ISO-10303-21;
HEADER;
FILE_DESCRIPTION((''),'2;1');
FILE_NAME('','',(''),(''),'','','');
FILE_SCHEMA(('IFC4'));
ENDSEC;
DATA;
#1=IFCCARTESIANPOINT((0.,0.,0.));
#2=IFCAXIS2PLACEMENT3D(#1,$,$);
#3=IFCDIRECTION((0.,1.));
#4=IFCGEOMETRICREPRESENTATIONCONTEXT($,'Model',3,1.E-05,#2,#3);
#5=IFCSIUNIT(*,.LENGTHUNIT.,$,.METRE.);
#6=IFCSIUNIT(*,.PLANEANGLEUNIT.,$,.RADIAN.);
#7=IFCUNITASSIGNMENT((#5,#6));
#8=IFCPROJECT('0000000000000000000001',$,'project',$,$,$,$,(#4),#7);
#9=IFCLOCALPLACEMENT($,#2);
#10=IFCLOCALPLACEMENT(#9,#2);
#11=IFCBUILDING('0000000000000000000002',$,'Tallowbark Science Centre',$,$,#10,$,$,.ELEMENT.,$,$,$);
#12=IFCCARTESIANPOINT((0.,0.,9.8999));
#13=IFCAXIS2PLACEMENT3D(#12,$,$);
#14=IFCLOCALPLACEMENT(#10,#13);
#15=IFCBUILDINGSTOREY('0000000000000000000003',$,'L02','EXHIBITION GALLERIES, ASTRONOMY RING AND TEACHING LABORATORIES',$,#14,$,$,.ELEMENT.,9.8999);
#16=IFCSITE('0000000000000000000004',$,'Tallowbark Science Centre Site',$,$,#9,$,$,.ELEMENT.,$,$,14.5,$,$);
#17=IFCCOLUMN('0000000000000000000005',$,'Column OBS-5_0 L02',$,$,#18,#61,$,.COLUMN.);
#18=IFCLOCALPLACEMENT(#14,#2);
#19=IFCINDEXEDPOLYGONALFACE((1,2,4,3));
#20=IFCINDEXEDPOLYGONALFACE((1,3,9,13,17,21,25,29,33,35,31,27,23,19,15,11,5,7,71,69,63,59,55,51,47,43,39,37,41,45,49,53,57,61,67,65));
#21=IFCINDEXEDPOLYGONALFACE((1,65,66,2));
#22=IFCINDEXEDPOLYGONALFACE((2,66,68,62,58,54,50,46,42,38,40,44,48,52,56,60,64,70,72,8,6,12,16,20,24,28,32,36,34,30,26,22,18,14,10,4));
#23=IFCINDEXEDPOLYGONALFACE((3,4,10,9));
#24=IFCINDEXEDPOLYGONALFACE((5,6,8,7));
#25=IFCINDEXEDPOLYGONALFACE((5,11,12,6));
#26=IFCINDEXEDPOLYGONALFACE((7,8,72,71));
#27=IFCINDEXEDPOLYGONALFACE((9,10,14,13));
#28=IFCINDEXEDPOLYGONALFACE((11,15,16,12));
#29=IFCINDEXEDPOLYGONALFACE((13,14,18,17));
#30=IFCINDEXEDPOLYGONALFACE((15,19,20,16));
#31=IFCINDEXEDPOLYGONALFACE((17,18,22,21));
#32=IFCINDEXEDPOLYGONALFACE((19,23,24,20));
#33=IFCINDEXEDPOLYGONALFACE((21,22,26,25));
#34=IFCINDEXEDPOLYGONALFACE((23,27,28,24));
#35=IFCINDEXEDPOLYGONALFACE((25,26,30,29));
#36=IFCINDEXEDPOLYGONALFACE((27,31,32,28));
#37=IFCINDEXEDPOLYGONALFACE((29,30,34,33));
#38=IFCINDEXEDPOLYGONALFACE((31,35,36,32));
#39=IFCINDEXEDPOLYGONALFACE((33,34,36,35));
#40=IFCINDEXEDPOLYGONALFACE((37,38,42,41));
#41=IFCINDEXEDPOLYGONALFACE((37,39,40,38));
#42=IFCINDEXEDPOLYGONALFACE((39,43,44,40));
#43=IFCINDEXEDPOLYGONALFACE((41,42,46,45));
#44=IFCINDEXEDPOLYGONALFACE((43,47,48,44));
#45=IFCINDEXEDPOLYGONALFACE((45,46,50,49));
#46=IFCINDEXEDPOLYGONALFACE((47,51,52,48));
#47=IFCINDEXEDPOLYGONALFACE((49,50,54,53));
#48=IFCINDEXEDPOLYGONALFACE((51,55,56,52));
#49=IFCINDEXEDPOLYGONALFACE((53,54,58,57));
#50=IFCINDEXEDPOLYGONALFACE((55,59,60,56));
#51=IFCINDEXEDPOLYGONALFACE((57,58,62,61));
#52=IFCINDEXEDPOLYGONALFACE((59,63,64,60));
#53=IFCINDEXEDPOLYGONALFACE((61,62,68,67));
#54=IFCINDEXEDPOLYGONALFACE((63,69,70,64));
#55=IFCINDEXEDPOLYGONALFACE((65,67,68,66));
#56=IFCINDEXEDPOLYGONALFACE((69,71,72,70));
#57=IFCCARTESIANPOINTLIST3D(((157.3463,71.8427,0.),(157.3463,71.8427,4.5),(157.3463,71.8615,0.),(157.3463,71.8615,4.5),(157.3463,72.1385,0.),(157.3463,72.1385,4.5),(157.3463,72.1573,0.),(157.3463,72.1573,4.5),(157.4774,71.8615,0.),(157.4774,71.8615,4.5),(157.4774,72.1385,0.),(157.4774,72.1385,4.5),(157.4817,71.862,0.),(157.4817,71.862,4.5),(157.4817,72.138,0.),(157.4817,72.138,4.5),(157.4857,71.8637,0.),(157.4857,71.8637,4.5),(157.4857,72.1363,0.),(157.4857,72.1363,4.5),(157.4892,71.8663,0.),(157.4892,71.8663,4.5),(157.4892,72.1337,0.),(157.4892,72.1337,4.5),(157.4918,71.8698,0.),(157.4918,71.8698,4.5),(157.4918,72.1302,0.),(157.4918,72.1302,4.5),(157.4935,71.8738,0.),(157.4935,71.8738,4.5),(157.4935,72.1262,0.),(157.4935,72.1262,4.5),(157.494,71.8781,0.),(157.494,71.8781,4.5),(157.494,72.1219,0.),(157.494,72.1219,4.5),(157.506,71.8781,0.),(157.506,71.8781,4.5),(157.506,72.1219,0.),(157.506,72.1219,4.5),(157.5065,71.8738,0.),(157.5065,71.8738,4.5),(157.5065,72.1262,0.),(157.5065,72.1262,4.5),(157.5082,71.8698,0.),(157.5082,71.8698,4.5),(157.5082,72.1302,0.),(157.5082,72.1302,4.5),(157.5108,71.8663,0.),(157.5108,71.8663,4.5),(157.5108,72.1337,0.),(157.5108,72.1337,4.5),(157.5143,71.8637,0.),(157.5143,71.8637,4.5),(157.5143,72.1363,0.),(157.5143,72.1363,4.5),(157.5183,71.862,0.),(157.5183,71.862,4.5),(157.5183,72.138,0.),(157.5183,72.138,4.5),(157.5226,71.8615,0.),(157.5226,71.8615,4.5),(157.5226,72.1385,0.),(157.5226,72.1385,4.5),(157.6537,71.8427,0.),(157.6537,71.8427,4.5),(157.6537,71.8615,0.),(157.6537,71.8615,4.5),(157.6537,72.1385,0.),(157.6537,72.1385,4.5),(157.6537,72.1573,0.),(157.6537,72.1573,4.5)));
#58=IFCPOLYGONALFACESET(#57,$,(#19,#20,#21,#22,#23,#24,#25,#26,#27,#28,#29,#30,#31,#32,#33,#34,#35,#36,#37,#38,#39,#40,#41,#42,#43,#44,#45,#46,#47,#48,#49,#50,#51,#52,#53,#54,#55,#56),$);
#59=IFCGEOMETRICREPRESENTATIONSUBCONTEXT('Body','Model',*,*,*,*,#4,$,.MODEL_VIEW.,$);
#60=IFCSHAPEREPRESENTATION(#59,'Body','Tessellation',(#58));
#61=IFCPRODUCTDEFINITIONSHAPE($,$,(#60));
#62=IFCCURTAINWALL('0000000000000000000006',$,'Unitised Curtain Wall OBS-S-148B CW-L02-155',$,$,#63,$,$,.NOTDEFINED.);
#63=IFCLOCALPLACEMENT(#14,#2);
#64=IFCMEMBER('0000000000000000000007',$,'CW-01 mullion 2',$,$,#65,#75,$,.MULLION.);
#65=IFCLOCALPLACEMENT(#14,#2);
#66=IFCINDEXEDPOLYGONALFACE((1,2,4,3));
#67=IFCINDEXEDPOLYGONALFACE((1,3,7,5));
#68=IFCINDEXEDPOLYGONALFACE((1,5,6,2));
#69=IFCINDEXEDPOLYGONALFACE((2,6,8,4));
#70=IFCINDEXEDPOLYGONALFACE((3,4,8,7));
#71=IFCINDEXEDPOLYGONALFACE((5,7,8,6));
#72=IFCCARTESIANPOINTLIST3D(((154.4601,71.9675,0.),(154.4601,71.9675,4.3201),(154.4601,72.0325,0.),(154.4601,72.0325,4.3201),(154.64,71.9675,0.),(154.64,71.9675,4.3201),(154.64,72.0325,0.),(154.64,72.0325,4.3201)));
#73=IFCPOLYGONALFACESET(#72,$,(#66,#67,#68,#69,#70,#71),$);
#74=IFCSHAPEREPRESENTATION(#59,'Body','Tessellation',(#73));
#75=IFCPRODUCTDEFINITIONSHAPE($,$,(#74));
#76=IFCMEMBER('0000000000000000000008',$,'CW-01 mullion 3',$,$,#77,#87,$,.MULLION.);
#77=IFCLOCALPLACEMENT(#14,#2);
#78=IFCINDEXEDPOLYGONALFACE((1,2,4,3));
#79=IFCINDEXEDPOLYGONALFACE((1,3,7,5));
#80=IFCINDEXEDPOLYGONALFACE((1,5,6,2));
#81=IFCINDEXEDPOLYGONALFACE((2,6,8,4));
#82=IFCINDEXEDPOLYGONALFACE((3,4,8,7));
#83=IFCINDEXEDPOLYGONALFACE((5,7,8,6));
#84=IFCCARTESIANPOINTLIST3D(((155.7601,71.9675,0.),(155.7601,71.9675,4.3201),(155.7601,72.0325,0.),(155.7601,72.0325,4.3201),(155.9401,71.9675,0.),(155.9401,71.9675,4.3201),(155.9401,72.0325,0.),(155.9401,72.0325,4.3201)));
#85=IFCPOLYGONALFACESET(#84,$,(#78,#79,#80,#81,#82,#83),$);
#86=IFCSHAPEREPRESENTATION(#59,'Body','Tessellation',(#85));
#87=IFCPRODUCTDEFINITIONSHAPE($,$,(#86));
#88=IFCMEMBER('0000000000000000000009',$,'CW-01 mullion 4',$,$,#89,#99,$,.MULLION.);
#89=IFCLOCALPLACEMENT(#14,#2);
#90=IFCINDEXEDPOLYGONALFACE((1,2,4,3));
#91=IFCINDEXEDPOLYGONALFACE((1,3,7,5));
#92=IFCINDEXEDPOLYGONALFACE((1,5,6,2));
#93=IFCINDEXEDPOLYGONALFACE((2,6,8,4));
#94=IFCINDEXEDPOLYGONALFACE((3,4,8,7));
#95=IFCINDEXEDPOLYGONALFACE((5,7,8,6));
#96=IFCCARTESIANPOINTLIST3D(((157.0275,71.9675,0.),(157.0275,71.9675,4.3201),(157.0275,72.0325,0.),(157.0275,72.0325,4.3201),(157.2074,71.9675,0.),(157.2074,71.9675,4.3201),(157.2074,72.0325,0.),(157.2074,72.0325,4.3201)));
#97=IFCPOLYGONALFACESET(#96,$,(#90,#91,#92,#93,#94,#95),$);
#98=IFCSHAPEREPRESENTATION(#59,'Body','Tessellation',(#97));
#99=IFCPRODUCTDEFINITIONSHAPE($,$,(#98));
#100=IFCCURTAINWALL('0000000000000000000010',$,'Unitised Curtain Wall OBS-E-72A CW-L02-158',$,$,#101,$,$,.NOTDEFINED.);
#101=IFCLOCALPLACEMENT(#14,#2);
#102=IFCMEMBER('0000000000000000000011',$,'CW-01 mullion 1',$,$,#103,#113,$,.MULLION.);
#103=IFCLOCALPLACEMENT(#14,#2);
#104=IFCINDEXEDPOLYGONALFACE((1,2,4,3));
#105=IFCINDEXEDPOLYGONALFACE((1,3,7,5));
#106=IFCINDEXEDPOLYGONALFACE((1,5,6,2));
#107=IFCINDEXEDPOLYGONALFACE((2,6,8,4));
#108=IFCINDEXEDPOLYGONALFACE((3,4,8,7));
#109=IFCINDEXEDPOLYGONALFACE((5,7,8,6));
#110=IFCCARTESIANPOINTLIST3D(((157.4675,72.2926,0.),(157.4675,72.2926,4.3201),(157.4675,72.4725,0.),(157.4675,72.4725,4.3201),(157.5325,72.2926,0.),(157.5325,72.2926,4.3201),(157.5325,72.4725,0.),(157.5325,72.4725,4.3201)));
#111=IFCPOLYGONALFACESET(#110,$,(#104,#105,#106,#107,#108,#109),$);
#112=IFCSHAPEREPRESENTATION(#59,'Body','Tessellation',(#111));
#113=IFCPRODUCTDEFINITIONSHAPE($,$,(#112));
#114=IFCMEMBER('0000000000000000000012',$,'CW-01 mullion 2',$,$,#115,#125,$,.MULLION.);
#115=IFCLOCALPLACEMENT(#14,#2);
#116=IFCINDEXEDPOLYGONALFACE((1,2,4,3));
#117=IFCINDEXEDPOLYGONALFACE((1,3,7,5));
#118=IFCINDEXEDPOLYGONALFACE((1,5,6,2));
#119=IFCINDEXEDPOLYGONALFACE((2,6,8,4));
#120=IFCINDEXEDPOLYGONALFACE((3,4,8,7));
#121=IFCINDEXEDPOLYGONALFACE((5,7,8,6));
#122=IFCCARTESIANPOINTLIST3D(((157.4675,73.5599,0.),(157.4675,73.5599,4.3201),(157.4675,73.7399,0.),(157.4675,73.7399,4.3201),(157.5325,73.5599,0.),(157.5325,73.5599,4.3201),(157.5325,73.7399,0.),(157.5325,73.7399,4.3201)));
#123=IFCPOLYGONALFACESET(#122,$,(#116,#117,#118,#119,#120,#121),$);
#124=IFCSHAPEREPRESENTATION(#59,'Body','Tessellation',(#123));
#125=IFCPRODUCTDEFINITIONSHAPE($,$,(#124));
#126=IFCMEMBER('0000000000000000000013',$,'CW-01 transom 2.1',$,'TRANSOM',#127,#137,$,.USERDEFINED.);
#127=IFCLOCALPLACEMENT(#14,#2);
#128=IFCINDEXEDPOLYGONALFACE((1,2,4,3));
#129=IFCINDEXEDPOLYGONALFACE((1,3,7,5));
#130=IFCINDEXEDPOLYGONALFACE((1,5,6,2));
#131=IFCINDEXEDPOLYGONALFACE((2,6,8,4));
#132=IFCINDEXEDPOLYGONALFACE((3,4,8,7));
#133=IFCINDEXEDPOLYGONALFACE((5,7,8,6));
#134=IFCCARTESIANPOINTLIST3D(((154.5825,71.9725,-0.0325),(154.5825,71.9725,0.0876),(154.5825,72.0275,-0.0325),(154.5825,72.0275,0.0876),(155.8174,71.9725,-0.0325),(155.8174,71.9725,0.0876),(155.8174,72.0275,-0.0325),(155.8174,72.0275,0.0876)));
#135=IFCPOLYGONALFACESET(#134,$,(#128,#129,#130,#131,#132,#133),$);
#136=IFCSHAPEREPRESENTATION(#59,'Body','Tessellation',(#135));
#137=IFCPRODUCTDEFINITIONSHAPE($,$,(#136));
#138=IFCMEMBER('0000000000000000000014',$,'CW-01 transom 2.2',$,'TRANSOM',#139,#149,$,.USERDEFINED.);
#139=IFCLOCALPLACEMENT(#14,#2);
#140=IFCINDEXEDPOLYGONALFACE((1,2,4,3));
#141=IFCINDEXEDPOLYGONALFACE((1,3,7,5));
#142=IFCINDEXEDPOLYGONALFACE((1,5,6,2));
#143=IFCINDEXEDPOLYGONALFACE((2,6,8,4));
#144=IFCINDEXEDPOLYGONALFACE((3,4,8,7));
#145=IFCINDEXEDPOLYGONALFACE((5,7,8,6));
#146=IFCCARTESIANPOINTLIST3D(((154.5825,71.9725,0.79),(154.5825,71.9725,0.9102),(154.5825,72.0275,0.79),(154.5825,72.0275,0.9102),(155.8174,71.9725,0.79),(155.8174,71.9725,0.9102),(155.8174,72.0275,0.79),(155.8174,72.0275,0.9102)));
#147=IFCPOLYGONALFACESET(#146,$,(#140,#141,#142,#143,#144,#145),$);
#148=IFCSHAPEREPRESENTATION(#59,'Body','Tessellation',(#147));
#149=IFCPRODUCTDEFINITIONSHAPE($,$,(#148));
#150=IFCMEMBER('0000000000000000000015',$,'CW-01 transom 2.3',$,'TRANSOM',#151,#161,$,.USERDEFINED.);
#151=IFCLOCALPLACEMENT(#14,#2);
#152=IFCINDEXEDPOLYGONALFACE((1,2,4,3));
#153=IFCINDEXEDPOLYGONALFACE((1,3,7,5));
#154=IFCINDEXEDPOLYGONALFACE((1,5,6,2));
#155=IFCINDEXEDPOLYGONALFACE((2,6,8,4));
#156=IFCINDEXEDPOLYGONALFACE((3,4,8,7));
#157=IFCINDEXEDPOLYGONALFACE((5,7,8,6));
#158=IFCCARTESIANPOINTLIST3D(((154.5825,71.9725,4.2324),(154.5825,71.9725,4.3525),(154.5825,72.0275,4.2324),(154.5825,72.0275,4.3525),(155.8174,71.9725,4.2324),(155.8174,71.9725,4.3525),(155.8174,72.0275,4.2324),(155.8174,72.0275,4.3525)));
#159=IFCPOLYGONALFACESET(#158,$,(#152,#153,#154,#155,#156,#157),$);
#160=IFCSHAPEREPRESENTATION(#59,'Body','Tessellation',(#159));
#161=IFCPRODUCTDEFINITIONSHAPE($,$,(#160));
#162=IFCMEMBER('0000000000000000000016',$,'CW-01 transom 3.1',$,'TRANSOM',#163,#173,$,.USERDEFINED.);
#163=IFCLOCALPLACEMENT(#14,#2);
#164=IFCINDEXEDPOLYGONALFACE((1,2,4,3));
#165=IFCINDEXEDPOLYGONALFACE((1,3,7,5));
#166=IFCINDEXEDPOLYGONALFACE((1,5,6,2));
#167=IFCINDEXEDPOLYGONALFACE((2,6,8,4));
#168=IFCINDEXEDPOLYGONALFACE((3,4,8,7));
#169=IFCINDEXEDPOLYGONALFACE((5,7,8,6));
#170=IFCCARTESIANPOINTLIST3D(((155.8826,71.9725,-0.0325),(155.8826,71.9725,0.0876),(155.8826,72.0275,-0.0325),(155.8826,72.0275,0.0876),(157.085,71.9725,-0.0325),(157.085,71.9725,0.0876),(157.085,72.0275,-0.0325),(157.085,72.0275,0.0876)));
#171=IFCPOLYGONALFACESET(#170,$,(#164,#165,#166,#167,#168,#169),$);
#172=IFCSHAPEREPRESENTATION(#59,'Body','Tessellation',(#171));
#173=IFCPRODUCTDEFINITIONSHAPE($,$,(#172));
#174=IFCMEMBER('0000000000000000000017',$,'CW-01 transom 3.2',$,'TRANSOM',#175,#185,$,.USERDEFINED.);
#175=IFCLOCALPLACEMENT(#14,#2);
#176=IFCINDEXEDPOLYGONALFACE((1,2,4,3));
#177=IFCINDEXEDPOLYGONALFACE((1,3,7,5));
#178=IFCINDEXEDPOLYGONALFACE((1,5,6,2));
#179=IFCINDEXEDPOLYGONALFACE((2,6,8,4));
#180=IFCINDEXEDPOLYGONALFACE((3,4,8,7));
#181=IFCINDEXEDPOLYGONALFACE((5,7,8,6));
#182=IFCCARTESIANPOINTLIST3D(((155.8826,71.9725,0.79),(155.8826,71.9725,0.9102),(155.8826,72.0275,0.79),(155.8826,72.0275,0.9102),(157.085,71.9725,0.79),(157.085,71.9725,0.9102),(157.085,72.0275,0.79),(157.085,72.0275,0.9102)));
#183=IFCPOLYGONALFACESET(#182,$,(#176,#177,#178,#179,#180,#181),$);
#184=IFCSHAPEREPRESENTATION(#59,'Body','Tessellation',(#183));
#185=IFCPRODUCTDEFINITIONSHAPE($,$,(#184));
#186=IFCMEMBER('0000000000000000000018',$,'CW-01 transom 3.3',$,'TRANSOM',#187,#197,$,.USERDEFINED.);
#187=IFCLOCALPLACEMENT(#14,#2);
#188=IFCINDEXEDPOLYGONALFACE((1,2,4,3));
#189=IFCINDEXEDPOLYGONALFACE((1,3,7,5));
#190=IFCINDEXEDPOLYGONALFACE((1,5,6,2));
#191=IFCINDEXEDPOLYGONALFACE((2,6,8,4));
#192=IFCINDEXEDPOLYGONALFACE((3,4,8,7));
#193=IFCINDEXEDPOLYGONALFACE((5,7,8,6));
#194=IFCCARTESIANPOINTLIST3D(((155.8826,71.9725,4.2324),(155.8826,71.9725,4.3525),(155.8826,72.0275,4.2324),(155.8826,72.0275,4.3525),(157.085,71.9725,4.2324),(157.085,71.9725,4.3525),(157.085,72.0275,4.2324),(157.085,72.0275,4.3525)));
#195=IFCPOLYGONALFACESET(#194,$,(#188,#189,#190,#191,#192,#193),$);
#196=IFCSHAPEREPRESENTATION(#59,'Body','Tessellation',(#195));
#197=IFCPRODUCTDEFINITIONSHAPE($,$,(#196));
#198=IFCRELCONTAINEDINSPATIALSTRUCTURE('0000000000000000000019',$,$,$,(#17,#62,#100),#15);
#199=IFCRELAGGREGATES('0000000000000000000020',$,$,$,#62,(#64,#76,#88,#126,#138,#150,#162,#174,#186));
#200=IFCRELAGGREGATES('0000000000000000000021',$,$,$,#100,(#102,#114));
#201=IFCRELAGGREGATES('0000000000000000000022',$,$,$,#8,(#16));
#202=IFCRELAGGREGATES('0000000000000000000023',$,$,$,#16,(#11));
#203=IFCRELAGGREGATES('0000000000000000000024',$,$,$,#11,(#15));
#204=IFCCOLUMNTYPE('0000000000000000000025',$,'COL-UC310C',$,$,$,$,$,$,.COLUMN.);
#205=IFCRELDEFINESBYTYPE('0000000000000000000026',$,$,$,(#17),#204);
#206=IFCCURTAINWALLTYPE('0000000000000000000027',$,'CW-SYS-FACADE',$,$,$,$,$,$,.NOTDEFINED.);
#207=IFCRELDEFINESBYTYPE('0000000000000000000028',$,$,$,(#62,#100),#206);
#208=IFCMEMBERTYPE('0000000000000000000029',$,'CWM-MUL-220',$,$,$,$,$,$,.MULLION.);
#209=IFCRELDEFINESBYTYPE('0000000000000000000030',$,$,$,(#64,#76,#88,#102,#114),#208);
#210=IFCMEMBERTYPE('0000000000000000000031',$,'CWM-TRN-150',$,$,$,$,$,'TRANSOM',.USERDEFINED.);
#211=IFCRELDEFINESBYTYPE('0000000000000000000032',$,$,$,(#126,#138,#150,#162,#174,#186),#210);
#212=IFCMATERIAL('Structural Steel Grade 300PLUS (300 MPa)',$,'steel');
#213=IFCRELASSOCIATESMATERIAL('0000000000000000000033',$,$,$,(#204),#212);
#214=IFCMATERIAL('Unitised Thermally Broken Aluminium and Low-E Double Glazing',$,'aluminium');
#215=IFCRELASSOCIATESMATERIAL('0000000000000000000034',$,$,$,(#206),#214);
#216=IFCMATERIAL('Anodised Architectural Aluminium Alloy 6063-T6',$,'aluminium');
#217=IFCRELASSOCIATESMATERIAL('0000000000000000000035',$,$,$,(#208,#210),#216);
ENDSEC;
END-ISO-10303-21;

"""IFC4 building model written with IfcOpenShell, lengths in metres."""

from ifc_helpers import new_model, si_unit, direction, frame, origin, origin_2d, place, context, subcontext, project, spatial, rectangle, i_section, extrude, material, material_profile, profile_set, type_object, element, aggregate, save


model = new_model("IFC4")

# Units and contexts
model_context = context("Model", 3, precision=1e-05, world=origin(), true_north=direction((0.0, 1.0)))
body_context = subcontext(model_context, "Body", "Model", "MODEL_VIEW")
ifc_project = project(units=[si_unit("LENGTHUNIT", "METRE"), si_unit("PLANEANGLEUNIT", "RADIAN")], contexts=[model_context])

# Site, building, storey
site_placement = place(None, origin())
site = spatial("IfcSite", under=ifc_project, at=site_placement, Name="Tallowbark Science Centre Site", CompositionType="ELEMENT", RefElevation=14.5)
building_placement = place(site_placement, origin())
building = spatial("IfcBuilding", under=site, at=building_placement, Name="Tallowbark Science Centre", CompositionType="ELEMENT")
storey_placement = place(building_placement, frame((0.0, 0.0, 9.8999)))
storey = spatial("IfcBuildingStorey", under=building, at=storey_placement, Name="L02", Description="EXHIBITION GALLERIES, ASTRONOMY RING AND TEACHING LABORATORIES", CompositionType="ELEMENT", Elevation=9.8999)

# Column
ifc_material_1 = material(Name="Structural Steel Grade 300PLUS (300 MPa)", Category="steel")
ifc_material_profile_1 = material_profile(ifc_material_1, i_section(OverallWidth=0.3074, OverallDepth=0.3147, WebThickness=0.012, FlangeThickness=0.0188, FilletRadius=0.0166, at=origin_2d()), Name="310UC118")
ifc_profile_set_1 = profile_set([ifc_material_profile_1], Name="Structural Steel Grade 300PLUS (300 MPa)")
column_type = type_object("IfcColumnType", Name="COL-UC310C", PredefinedType="COLUMN", material=ifc_profile_set_1)
column_placement = place(storey_placement, frame((157.5, 72.0, 0.0), z_axis=(0.0, 0.0, 1.0), x_axis=(1.0, 0.0, 0.0)))
element("IfcColumn", 1, at=column_placement, inside=storey, type_object=column_type, Name="Column OBS-5_0 L02", PredefinedType="COLUMN", context=body_context, shape_type="SweptSolid", body=[
    extrude(i_section(OverallWidth=0.3074, OverallDepth=0.3147, WebThickness=0.012, FlangeThickness=0.0188, FilletRadius=0.0166, at=origin_2d()), origin(), (0.0, 0.0, 1.0), 4.5),
])

# Curtain walls, members
ifc_material_2 = material(Name="Unitised Thermally Broken Aluminium and Low-E Double Glazing", Category="aluminium")
curtain_wall_type = type_object("IfcCurtainWallType", Name="CW-SYS-FACADE", PredefinedType="NOTDEFINED", material=ifc_material_2)
curtain_wall_1_placement = place(storey_placement, origin())
curtain_wall_1 = element("IfcCurtainWall", 2, at=curtain_wall_1_placement, inside=storey, type_object=curtain_wall_type, Name="Unitised Curtain Wall OBS-S-148B CW-L02-155", PredefinedType="NOTDEFINED")
ifc_material_3 = material(Name="Anodised Architectural Aluminium Alloy 6063-T6", Category="aluminium")
ifc_material_profile_2 = material_profile(ifc_material_3, rectangle(XDim=0.0649, YDim=0.1799, at=origin_2d()), Name="ALU65x180")
ifc_profile_set_2 = profile_set([ifc_material_profile_2], Name="Anodised Architectural Aluminium Alloy 6063-T6")
member_type_1 = type_object("IfcMemberType", Name="CWM-MUL-220", PredefinedType="MULLION", material=ifc_profile_set_2)
member_1_placement = place(storey_placement, frame((154.55, 72.0, 0.0), z_axis=(0.0, 0.0, 1.0), x_axis=(0.0, 1.0, 0.0)))
member_1 = element("IfcMember", 3, at=member_1_placement, type_object=member_type_1, Name="CW-01 mullion 2", PredefinedType="MULLION", context=body_context, shape_type="SweptSolid", body=[
    extrude(rectangle(XDim=0.0649, YDim=0.1799, at=origin_2d()), origin(), (0.0, 0.0, 1.0), 4.3201),
])
member_2_placement = place(storey_placement, frame((155.8501, 72.0, 0.0), z_axis=(0.0, 0.0, 1.0), x_axis=(0.0, 1.0, 0.0)))
member_2 = element("IfcMember", 4, at=member_2_placement, type_object=member_type_1, Name="CW-01 mullion 3", PredefinedType="MULLION", context=body_context, shape_type="SweptSolid", body=[
    extrude(rectangle(XDim=0.0649, YDim=0.1799, at=origin_2d()), origin(), (0.0, 0.0, 1.0), 4.3201),
])
member_3_placement = place(storey_placement, frame((157.1174, 72.0, 0.0), z_axis=(0.0, 0.0, 1.0), x_axis=(0.0, 1.0, 0.0)))
member_3 = element("IfcMember", 5, at=member_3_placement, type_object=member_type_1, Name="CW-01 mullion 4", PredefinedType="MULLION", context=body_context, shape_type="SweptSolid", body=[
    extrude(rectangle(XDim=0.0649, YDim=0.1799, at=origin_2d()), origin(), (0.0, 0.0, 1.0), 4.3201),
])
curtain_wall_2_placement = place(storey_placement, origin())
curtain_wall_2 = element("IfcCurtainWall", 6, at=curtain_wall_2_placement, inside=storey, type_object=curtain_wall_type, Name="Unitised Curtain Wall OBS-E-72A CW-L02-158", PredefinedType="NOTDEFINED")
member_4_placement = place(storey_placement, frame((157.5, 72.3826, 0.0), z_axis=(0.0, 0.0, 1.0), x_axis=(-1.0, 0.0, 0.0)))
member_4 = element("IfcMember", 7, at=member_4_placement, type_object=member_type_1, Name="CW-01 mullion 1", PredefinedType="MULLION", context=body_context, shape_type="SweptSolid", body=[
    extrude(rectangle(XDim=0.0649, YDim=0.1799, at=origin_2d()), origin(), (0.0, 0.0, 1.0), 4.3201),
])
member_5_placement = place(storey_placement, frame((157.5, 73.6499, 0.0), z_axis=(0.0, 0.0, 1.0), x_axis=(-1.0, 0.0, 0.0)))
member_5 = element("IfcMember", 8, at=member_5_placement, type_object=member_type_1, Name="CW-01 mullion 2", PredefinedType="MULLION", context=body_context, shape_type="SweptSolid", body=[
    extrude(rectangle(XDim=0.0649, YDim=0.1799, at=origin_2d()), origin(), (0.0, 0.0, 1.0), 4.3201),
])

# Members
ifc_material_profile_3 = material_profile(ifc_material_3, rectangle(XDim=0.0549, YDim=0.1201, at=origin_2d()), Name="ALU55x120")
ifc_profile_set_3 = profile_set([ifc_material_profile_3], Name="Anodised Architectural Aluminium Alloy 6063-T6")
member_type_2 = type_object("IfcMemberType", Name="CWM-TRN-150", ElementType="TRANSOM", PredefinedType="USERDEFINED", material=ifc_profile_set_3)
member_6_placement = place(storey_placement, frame((154.5825, 72.0, 0.0276), z_axis=(1.0, 0.0, 0.0), x_axis=(0.0, 1.0, 0.0)))
member_6 = element("IfcMember", 9, at=member_6_placement, type_object=member_type_2, Name="CW-01 transom 2.1", ObjectType="TRANSOM", PredefinedType="USERDEFINED", context=body_context, shape_type="SweptSolid", body=[
    extrude(rectangle(XDim=0.0549, YDim=0.1201, at=origin_2d()), origin(), (0.0, 0.0, 1.0), 1.2349),
])
member_7_placement = place(storey_placement, frame((154.5825, 72.0, 0.8501), z_axis=(1.0, 0.0, 0.0), x_axis=(0.0, 1.0, 0.0)))
member_7 = element("IfcMember", 10, at=member_7_placement, type_object=member_type_2, Name="CW-01 transom 2.2", ObjectType="TRANSOM", PredefinedType="USERDEFINED", context=body_context, shape_type="SweptSolid", body=[
    extrude(rectangle(XDim=0.0549, YDim=0.1201, at=origin_2d()), origin(), (0.0, 0.0, 1.0), 1.2349),
])
member_8_placement = place(storey_placement, frame((154.5825, 72.0, 4.2925), z_axis=(1.0, 0.0, 0.0), x_axis=(0.0, 1.0, 0.0)))
member_8 = element("IfcMember", 11, at=member_8_placement, type_object=member_type_2, Name="CW-01 transom 2.3", ObjectType="TRANSOM", PredefinedType="USERDEFINED", context=body_context, shape_type="SweptSolid", body=[
    extrude(rectangle(XDim=0.0549, YDim=0.1201, at=origin_2d()), origin(), (0.0, 0.0, 1.0), 1.2349),
])
member_9_placement = place(storey_placement, frame((155.8826, 72.0, 0.0276), z_axis=(1.0, 0.0, 0.0), x_axis=(0.0, 1.0, 0.0)))
member_9 = element("IfcMember", 12, at=member_9_placement, type_object=member_type_2, Name="CW-01 transom 3.1", ObjectType="TRANSOM", PredefinedType="USERDEFINED", context=body_context, shape_type="SweptSolid", body=[
    extrude(rectangle(XDim=0.0549, YDim=0.1201, at=origin_2d()), origin(), (0.0, 0.0, 1.0), 1.2024),
])
member_10_placement = place(storey_placement, frame((155.8826, 72.0, 0.8501), z_axis=(1.0, 0.0, 0.0), x_axis=(0.0, 1.0, 0.0)))
member_10 = element("IfcMember", 13, at=member_10_placement, type_object=member_type_2, Name="CW-01 transom 3.2", ObjectType="TRANSOM", PredefinedType="USERDEFINED", context=body_context, shape_type="SweptSolid", body=[
    extrude(rectangle(XDim=0.0549, YDim=0.1201, at=origin_2d()), origin(), (0.0, 0.0, 1.0), 1.2024),
])
member_11_placement = place(storey_placement, frame((155.8826, 72.0, 4.2925), z_axis=(1.0, 0.0, 0.0), x_axis=(0.0, 1.0, 0.0)))
member_11 = element("IfcMember", 14, at=member_11_placement, type_object=member_type_2, Name="CW-01 transom 3.3", ObjectType="TRANSOM", PredefinedType="USERDEFINED", context=body_context, shape_type="SweptSolid", body=[
    extrude(rectangle(XDim=0.0549, YDim=0.1201, at=origin_2d()), origin(), (0.0, 0.0, 1.0), 1.2024),
])

aggregate(curtain_wall_1, [member_1, member_2, member_3, member_6, member_7, member_8, member_9, member_10, member_11])
aggregate(curtain_wall_2, [member_4, member_5])

save(model, "model.ifc")
